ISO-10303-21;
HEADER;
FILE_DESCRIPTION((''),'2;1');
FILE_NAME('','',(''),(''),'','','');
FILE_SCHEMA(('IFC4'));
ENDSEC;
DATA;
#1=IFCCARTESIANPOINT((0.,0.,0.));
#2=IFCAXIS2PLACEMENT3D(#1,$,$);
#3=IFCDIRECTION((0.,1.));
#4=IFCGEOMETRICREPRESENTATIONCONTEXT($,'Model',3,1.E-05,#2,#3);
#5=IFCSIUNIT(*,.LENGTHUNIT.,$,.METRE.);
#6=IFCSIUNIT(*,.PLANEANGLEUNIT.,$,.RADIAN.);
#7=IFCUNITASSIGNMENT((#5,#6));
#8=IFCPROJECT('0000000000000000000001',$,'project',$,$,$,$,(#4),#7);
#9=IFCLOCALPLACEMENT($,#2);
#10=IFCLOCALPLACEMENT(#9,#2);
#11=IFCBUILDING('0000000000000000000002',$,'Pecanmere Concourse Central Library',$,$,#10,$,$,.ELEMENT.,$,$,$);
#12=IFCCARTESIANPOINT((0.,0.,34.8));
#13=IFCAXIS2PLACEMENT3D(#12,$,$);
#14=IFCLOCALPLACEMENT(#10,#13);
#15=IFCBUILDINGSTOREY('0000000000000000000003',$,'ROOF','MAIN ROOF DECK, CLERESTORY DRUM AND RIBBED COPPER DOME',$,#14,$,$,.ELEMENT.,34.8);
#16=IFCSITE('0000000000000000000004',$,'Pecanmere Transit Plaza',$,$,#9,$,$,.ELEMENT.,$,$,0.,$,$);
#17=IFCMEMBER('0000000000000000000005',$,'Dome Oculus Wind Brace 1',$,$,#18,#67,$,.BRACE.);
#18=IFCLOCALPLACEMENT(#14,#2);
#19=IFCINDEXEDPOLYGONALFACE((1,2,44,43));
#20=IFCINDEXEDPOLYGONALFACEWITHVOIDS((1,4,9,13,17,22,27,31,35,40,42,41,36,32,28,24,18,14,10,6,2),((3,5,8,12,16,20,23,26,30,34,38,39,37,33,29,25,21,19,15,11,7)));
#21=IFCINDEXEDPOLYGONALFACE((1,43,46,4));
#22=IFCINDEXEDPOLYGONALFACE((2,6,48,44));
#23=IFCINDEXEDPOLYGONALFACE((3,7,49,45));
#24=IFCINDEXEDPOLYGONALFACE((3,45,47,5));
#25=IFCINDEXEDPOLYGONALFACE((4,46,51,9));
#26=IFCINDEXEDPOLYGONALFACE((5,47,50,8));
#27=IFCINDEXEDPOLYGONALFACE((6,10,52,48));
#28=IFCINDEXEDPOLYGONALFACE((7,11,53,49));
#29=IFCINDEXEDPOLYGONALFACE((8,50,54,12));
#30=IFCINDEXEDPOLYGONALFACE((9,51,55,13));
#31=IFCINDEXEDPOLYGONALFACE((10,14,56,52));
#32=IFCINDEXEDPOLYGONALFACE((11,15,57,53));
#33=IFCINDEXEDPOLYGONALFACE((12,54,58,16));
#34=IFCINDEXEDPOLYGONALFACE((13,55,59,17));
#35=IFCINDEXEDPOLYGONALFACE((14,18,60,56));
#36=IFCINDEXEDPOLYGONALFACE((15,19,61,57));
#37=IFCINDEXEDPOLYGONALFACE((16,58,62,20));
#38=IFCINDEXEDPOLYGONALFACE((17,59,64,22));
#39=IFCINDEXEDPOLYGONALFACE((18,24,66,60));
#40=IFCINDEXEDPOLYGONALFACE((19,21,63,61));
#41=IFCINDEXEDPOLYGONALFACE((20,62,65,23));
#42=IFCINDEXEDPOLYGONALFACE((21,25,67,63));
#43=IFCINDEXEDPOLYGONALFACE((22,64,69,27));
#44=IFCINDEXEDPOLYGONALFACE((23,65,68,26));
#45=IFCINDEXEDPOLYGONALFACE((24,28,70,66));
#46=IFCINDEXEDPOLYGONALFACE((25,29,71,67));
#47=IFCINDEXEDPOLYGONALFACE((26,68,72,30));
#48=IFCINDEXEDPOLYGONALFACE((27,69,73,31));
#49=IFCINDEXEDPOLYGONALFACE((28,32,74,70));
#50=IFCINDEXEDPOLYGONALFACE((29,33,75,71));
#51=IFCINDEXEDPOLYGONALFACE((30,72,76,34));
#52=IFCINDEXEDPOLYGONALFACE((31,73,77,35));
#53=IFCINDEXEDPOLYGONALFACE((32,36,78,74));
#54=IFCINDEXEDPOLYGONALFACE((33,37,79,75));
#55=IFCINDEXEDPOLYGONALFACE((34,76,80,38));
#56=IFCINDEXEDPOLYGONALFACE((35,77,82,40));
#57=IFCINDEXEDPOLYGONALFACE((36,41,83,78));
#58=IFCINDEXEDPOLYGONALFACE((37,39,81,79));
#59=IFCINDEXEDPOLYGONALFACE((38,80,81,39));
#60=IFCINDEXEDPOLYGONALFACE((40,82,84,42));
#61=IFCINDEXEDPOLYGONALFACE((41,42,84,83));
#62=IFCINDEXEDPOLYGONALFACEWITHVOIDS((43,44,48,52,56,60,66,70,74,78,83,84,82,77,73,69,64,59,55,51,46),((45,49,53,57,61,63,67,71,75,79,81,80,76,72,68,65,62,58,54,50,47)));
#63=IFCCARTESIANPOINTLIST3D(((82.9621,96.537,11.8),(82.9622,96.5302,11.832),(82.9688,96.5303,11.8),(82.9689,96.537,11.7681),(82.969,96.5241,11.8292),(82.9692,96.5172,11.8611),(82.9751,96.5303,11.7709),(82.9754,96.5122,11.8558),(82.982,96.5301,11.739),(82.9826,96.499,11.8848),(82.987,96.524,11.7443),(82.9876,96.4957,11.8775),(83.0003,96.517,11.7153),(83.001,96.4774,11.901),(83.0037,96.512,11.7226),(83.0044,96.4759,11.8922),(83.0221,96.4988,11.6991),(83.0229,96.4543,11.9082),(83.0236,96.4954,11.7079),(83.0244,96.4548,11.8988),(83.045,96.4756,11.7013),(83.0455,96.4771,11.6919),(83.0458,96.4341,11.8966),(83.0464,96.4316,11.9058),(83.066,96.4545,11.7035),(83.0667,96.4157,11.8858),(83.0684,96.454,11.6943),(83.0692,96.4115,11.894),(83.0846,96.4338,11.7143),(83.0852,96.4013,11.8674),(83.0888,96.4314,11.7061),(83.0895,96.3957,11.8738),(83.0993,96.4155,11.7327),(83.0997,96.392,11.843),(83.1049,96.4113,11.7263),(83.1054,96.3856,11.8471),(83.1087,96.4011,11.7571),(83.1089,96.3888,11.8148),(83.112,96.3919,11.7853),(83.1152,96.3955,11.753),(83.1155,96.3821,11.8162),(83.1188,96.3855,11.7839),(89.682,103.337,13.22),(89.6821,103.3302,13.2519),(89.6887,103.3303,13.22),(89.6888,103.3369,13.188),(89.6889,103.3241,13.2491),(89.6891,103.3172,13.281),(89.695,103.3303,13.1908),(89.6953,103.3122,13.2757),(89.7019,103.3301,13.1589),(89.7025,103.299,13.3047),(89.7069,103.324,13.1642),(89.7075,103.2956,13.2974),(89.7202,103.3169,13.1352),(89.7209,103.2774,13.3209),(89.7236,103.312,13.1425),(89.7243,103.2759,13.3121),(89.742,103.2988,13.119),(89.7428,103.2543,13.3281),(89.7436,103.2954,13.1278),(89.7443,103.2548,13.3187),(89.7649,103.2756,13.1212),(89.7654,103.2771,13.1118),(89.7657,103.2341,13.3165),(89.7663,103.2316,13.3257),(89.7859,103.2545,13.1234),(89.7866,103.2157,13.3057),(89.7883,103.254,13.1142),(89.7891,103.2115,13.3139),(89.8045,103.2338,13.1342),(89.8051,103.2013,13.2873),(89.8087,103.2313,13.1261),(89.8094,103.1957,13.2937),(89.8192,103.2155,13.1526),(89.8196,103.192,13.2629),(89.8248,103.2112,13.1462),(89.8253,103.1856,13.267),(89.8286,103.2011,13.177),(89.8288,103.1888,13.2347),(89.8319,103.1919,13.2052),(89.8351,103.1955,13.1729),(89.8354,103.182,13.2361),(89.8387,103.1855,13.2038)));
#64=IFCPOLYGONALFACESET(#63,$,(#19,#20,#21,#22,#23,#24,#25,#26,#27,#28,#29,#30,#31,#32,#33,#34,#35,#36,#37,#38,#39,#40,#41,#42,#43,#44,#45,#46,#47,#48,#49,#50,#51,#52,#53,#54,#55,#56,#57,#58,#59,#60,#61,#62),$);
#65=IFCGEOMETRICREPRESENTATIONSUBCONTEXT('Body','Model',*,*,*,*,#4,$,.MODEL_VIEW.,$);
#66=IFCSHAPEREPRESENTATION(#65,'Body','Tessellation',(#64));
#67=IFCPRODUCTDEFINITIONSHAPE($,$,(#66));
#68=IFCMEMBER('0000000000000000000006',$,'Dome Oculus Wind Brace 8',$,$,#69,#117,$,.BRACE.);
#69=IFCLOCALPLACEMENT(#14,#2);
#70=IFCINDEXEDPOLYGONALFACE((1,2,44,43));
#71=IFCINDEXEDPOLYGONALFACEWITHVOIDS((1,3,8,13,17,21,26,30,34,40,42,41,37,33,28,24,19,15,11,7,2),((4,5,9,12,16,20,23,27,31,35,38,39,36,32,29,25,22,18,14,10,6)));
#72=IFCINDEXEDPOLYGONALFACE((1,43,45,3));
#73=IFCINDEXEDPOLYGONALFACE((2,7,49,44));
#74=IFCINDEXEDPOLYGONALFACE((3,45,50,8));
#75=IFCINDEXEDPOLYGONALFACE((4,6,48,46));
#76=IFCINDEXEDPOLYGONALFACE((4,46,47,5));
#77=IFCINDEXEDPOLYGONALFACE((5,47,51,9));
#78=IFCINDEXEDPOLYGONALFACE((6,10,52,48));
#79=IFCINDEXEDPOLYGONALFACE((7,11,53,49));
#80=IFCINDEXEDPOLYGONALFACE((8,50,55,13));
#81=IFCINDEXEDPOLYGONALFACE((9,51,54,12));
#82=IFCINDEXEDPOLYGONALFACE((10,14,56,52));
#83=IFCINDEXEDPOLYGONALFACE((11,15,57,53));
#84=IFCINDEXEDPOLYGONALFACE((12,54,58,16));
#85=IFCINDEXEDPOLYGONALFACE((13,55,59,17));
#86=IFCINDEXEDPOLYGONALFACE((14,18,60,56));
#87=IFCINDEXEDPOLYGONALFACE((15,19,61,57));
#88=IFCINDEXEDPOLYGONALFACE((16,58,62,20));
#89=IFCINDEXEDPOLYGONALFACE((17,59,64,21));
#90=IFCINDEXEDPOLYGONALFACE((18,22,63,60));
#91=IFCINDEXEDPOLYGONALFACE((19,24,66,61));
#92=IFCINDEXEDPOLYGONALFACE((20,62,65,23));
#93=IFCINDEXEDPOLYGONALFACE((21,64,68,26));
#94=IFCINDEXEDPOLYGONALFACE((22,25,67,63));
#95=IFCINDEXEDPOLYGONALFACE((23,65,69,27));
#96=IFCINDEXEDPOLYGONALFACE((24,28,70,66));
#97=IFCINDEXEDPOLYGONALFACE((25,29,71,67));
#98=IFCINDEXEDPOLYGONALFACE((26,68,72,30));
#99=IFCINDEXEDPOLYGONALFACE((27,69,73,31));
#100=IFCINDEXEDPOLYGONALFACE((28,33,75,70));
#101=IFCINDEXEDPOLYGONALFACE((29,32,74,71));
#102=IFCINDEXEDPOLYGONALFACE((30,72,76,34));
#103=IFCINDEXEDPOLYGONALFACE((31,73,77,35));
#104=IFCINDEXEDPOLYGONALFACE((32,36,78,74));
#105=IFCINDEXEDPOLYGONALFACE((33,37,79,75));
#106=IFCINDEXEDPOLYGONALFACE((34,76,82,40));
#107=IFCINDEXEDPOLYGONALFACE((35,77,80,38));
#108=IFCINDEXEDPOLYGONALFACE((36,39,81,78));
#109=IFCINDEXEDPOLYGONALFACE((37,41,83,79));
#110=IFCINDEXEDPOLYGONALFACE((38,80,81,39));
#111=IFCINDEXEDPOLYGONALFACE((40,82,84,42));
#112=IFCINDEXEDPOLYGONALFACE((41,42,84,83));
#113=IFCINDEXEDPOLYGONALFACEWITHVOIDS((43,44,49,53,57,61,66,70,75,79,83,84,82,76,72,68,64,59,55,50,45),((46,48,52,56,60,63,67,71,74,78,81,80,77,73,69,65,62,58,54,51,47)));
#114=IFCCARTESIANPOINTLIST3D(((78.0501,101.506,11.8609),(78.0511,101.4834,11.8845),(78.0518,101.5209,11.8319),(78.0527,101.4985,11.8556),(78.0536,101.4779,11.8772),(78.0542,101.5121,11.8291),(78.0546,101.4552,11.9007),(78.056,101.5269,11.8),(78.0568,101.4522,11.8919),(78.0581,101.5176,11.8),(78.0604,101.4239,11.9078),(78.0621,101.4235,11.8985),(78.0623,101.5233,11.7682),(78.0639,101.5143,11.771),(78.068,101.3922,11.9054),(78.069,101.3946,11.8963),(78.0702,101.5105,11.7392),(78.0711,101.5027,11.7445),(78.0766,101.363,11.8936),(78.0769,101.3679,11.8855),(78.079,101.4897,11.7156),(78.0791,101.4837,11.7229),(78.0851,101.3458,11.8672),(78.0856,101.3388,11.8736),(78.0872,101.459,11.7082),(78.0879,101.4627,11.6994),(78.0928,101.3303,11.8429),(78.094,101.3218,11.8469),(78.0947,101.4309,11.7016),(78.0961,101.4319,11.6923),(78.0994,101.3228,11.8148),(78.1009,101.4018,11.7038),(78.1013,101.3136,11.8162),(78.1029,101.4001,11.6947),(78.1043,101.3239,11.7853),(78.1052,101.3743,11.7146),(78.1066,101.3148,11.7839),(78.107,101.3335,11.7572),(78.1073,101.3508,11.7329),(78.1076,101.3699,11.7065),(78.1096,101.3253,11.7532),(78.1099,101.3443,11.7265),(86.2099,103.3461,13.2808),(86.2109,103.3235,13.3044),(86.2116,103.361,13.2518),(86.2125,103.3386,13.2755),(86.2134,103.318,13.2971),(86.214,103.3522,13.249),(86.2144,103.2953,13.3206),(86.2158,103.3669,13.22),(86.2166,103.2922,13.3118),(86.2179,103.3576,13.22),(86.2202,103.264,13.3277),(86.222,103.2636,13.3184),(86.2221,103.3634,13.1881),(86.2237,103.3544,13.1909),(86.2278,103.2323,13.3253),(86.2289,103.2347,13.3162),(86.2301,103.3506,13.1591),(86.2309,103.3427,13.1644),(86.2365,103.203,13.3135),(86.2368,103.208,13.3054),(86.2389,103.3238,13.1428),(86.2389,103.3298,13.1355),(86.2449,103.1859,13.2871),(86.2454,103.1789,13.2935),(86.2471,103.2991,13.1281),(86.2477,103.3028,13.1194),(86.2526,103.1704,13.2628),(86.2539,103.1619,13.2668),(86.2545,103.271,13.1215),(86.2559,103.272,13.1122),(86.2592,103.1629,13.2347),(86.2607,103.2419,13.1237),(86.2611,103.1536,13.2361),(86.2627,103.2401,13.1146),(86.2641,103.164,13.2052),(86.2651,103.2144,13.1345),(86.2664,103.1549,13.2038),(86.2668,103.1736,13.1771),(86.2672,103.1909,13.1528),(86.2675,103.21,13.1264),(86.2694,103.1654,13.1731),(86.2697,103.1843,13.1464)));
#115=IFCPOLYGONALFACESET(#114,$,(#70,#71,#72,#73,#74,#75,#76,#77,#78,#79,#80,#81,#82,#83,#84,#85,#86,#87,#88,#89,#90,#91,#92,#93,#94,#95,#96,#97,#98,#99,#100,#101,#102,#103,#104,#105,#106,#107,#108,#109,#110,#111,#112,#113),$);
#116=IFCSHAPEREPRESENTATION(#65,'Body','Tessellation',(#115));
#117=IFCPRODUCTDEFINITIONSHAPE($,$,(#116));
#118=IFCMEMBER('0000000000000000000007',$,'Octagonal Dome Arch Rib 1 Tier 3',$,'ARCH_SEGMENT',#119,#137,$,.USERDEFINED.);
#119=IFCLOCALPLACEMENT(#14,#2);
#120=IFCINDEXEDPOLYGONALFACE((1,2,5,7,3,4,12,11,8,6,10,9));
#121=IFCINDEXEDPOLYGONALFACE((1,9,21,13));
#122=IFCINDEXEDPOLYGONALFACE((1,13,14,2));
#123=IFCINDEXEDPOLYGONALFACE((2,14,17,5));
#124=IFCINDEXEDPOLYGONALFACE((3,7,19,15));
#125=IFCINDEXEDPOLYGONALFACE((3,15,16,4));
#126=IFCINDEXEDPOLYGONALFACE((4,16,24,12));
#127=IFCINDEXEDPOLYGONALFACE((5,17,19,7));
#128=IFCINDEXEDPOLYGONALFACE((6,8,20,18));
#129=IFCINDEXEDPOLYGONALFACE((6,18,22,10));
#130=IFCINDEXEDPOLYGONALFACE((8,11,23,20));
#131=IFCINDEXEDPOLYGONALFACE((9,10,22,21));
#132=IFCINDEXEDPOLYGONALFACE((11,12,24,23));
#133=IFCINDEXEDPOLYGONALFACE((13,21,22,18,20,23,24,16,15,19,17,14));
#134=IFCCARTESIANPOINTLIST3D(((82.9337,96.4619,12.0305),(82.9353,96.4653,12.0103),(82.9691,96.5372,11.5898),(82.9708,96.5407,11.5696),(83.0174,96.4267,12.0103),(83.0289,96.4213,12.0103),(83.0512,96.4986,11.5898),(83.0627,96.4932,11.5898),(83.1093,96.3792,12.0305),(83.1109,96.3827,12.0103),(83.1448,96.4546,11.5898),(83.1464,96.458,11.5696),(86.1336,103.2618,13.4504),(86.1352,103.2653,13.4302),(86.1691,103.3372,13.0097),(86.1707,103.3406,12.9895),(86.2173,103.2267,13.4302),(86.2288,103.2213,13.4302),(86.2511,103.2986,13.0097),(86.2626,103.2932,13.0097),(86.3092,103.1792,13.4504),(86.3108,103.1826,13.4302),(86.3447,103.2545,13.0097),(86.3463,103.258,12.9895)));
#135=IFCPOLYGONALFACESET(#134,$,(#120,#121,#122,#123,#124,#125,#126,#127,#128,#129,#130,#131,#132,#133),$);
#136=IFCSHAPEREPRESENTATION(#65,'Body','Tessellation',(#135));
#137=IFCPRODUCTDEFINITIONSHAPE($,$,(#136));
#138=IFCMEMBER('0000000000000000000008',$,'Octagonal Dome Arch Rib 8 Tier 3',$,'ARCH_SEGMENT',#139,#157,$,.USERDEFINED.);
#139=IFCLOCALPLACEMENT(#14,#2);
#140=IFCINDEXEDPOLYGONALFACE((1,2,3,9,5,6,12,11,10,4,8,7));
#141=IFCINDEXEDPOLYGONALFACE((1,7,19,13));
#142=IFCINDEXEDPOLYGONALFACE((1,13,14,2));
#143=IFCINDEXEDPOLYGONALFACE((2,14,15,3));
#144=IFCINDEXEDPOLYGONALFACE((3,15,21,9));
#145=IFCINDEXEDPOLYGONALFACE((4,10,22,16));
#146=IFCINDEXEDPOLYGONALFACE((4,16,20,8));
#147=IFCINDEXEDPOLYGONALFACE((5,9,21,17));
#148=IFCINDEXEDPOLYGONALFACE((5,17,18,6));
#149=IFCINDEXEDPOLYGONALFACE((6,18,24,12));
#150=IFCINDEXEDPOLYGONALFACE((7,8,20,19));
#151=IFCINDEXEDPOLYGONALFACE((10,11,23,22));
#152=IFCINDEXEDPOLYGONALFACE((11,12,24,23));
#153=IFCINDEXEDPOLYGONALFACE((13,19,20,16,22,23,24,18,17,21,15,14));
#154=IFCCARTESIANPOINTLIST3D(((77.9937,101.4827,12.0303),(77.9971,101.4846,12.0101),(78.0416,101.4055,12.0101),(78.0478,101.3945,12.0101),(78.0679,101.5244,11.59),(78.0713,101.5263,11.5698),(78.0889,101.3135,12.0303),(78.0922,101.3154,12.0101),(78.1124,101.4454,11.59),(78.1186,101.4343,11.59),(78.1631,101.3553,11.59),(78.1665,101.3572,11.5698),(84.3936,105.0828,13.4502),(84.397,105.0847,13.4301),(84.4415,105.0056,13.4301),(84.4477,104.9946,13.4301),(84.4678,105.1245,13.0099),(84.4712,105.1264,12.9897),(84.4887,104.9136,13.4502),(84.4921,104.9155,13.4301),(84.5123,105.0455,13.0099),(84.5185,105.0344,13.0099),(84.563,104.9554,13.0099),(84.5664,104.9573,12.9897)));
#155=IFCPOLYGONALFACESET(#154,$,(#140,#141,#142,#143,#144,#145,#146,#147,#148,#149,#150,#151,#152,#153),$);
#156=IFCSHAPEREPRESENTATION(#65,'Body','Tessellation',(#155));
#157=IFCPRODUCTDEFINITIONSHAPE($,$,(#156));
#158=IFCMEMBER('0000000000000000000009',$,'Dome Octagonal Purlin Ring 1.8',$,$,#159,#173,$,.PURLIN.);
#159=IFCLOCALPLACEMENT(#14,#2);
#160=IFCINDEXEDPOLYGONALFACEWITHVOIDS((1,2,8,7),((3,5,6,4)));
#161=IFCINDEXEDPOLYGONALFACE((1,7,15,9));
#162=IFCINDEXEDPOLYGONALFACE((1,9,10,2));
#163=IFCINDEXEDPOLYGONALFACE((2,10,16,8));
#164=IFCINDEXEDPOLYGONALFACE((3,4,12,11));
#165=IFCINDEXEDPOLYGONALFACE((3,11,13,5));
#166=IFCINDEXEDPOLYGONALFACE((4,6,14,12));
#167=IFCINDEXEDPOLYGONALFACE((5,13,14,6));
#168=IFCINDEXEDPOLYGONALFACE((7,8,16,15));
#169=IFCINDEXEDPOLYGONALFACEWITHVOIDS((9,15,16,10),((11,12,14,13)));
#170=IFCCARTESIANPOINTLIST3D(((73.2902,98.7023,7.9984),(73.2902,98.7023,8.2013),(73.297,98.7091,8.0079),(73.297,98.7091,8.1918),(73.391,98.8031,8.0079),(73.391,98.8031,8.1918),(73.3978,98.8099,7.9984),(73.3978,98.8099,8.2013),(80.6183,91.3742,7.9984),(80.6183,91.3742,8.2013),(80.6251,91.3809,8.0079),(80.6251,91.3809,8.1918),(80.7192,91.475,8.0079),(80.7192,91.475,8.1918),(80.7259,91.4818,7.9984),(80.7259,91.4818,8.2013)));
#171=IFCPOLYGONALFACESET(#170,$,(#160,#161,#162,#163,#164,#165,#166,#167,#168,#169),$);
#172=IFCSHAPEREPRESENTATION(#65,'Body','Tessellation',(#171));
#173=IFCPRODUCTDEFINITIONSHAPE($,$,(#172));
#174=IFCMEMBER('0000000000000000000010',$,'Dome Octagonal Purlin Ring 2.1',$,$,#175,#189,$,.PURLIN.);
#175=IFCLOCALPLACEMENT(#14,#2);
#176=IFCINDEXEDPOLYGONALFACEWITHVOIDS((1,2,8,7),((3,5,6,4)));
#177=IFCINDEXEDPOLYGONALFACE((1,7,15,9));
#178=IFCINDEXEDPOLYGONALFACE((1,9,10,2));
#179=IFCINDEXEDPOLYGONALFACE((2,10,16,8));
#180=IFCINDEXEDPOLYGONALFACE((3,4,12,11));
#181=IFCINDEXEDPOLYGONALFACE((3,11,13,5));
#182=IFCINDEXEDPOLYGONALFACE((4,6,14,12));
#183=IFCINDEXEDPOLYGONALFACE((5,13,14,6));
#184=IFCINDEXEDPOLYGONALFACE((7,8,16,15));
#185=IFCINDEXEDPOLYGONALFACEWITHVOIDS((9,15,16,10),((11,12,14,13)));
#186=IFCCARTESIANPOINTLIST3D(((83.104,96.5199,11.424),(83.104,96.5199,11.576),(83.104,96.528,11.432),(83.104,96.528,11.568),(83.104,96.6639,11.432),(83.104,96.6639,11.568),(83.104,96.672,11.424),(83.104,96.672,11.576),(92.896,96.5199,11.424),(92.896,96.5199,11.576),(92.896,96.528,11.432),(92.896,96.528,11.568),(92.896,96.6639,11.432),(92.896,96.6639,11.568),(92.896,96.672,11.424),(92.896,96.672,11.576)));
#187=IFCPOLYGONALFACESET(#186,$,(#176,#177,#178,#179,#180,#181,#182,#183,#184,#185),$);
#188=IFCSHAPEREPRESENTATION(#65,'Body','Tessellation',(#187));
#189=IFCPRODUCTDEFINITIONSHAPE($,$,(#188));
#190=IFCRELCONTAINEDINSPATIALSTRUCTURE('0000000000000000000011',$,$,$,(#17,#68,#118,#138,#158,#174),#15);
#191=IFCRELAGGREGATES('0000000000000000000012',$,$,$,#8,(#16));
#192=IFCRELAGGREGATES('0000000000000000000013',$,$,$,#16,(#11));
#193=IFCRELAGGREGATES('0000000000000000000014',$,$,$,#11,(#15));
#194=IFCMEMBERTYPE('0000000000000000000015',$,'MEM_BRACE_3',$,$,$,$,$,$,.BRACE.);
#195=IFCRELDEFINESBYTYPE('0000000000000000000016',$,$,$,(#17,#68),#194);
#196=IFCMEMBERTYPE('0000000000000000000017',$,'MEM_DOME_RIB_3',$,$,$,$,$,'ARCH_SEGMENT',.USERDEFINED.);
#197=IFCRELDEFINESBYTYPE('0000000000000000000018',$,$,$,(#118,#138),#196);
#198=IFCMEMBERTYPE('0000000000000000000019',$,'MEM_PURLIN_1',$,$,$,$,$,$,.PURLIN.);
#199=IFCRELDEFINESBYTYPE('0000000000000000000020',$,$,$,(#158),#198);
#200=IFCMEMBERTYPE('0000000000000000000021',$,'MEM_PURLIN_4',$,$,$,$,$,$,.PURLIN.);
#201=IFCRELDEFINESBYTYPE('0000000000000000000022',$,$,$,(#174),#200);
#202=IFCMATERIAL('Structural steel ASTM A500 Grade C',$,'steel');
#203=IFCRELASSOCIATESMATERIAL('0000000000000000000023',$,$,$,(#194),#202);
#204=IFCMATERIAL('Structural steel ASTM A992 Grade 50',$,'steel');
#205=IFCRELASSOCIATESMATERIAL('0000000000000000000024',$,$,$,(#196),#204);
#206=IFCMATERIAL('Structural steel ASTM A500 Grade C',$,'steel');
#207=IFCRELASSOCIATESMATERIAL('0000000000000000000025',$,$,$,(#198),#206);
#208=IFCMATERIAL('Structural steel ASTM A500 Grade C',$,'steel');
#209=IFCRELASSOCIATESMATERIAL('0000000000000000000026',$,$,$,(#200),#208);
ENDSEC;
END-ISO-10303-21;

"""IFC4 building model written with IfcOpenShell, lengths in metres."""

from ifc_helpers import new_model, si_unit, direction, frame, origin, origin_2d, place, context, subcontext, project, spatial, hollow_rectangle, hollow_circle, i_section, extrude, material, material_profile, profile_set, type_object, element, save


model = new_model("IFC4")

# Units and contexts
model_context = context("Model", 3, precision=1e-05, world=origin(), true_north=direction((0.0, 1.0)))
body_context = subcontext(model_context, "Body", "Model", "MODEL_VIEW")
ifc_project = project(units=[si_unit("LENGTHUNIT", "METRE"), si_unit("PLANEANGLEUNIT", "RADIAN")], contexts=[model_context])

# Site, building, storey
site_placement = place(None, origin())
site = spatial("IfcSite", under=ifc_project, at=site_placement, Name="Pecanmere Transit Plaza", CompositionType="ELEMENT", RefElevation=0.0)
building_placement = place(site_placement, origin())
building = spatial("IfcBuilding", under=site, at=building_placement, Name="Pecanmere Concourse Central Library", CompositionType="ELEMENT")
storey_placement = place(building_placement, frame((0.0, 0.0, 34.8)))
storey = spatial("IfcBuildingStorey", under=building, at=storey_placement, Name="ROOF", Description="MAIN ROOF DECK, CLERESTORY DRUM AND RIBBED COPPER DOME", CompositionType="ELEMENT", Elevation=34.8)

# Members
ifc_material_1 = material(Name="Structural steel ASTM A500 Grade C", Category="steel")
ifc_material_profile_1 = material_profile(ifc_material_1, hollow_circle(Radius=0.1096, WallThickness=0.0095, at=origin_2d()), Name="HSS219.1x9.5")
ifc_profile_set_1 = profile_set([ifc_material_profile_1], Name="Structural steel ASTM A500 Grade C")
member_type_1 = type_object("IfcMemberType", Name="MEM_BRACE_3", PredefinedType="BRACE", material=ifc_profile_set_1)
member_1_placement = place(storey_placement, frame((83.04, 96.46, 11.8), z_axis=(0.695279, 0.703565, 0.146912), x_axis=(-0.711282, 0.702906, 0.0)))
element("IfcMember", 1, at=member_1_placement, inside=storey, type_object=member_type_1, Name="Dome Oculus Wind Brace 1", PredefinedType="BRACE", context=body_context, shape_type="SweptSolid", body=[
    extrude(hollow_circle(Radius=0.1096, WallThickness=0.0095, at=origin_2d()), origin(), (0.0, 0.0, 1.0), 9.665),
])
member_2_placement = place(storey_placement, frame((78.0801, 101.4199, 11.8), z_axis=(0.961747, 0.216877, 0.167355), x_axis=(-0.21998, 0.975504, 0.0)))
element("IfcMember", 2, at=member_2_placement, inside=storey, type_object=member_type_1, Name="Dome Oculus Wind Brace 8", PredefinedType="BRACE", context=body_context, shape_type="SweptSolid", body=[
    extrude(hollow_circle(Radius=0.1096, WallThickness=0.0095, at=origin_2d()), origin(), (0.0, 0.0, 1.0), 8.4844),
])
ifc_material_2 = material(Name="Structural steel ASTM A992 Grade 50", Category="steel")
ifc_material_profile_2 = material_profile(ifc_material_2, i_section(OverallWidth=0.1941, OverallDepth=0.469, WebThickness=0.0127, FlangeThickness=0.0205, at=origin_2d()), Name="W460x106")
ifc_profile_set_2 = profile_set([ifc_material_profile_2], Name="Structural steel ASTM A992 Grade 50")
member_type_2 = type_object("IfcMemberType", Name="MEM_DOME_RIB_3", ElementType="ARCH_SEGMENT", PredefinedType="USERDEFINED", material=ifc_profile_set_2)
member_3_placement = place(storey_placement, frame((83.04, 96.46, 11.8), z_axis=(0.418387, 0.889093, 0.185652), x_axis=(-0.904822, 0.425789, 0.0)))
element("IfcMember", 3, at=member_3_placement, inside=storey, type_object=member_type_2, Name="Octagonal Dome Arch Rib 1 Tier 3", ObjectType="ARCH_SEGMENT", PredefinedType="USERDEFINED", context=body_context, shape_type="SweptSolid", body=[
    extrude(i_section(OverallWidth=0.1941, OverallDepth=0.469, WebThickness=0.0127, FlangeThickness=0.0205, at=origin_2d()), origin(), (0.0, 0.0, 1.0), 7.6482),
])
member_4_placement = place(storey_placement, frame((78.0801, 101.4199, 11.8), z_axis=(0.855715, 0.48136, 0.189854), x_axis=(-0.490277, 0.871567, 0.0)))
element("IfcMember", 4, at=member_4_placement, inside=storey, type_object=member_type_2, Name="Octagonal Dome Arch Rib 8 Tier 3", ObjectType="ARCH_SEGMENT", PredefinedType="USERDEFINED", context=body_context, shape_type="SweptSolid", body=[
    extrude(i_section(OverallWidth=0.1941, OverallDepth=0.469, WebThickness=0.0127, FlangeThickness=0.0205, at=origin_2d()), origin(), (0.0, 0.0, 1.0), 7.479),
])
ifc_material_3 = material(Name="Structural steel ASTM A500 Grade C", Category="steel")
ifc_material_profile_3 = material_profile(ifc_material_3, hollow_rectangle(XDim=0.1521, YDim=0.2029, WallThickness=0.0095, at=origin_2d()), Name="HSS203x152x9.5")
ifc_profile_set_3 = profile_set([ifc_material_profile_3], Name="Structural steel ASTM A500 Grade C")
member_type_3 = type_object("IfcMemberType", Name="MEM_PURLIN_1", PredefinedType="PURLIN", material=ifc_profile_set_3)
member_5_placement = place(storey_placement, frame((73.344, 98.7561, 8.0999), z_axis=(0.707107, -0.707107, 0.0), x_axis=(0.707107, 0.707107, 0.0)))
element("IfcMember", 5, at=member_5_placement, inside=storey, type_object=member_type_3, Name="Dome Octagonal Purlin Ring 1.8", PredefinedType="PURLIN", context=body_context, shape_type="SweptSolid", body=[
    extrude(hollow_rectangle(XDim=0.1521, YDim=0.2029, WallThickness=0.0095, at=origin_2d()), origin(), (0.0, 0.0, 1.0), 10.3635),
])
ifc_material_4 = material(Name="Structural steel ASTM A500 Grade C", Category="steel")
ifc_material_profile_4 = material_profile(ifc_material_4, hollow_rectangle(XDim=0.1521, YDim=0.1521, WallThickness=0.0081, at=origin_2d()), Name="HSS152x152x8.0")
ifc_profile_set_4 = profile_set([ifc_material_profile_4], Name="Structural steel ASTM A500 Grade C")
member_type_4 = type_object("IfcMemberType", Name="MEM_PURLIN_4", PredefinedType="PURLIN", material=ifc_profile_set_4)
member_6_placement = place(storey_placement, frame((83.104, 96.5959, 11.5), z_axis=(1.0, 0.0, 0.0), x_axis=(0.0, 1.0, 0.0)))
element("IfcMember", 6, at=member_6_placement, inside=storey, type_object=member_type_4, Name="Dome Octagonal Purlin Ring 2.1", PredefinedType="PURLIN", context=body_context, shape_type="SweptSolid", body=[
    extrude(hollow_rectangle(XDim=0.1521, YDim=0.1521, WallThickness=0.0081, at=origin_2d()), origin(), (0.0, 0.0, 1.0), 9.792),
])

save(model, "model.ifc")
